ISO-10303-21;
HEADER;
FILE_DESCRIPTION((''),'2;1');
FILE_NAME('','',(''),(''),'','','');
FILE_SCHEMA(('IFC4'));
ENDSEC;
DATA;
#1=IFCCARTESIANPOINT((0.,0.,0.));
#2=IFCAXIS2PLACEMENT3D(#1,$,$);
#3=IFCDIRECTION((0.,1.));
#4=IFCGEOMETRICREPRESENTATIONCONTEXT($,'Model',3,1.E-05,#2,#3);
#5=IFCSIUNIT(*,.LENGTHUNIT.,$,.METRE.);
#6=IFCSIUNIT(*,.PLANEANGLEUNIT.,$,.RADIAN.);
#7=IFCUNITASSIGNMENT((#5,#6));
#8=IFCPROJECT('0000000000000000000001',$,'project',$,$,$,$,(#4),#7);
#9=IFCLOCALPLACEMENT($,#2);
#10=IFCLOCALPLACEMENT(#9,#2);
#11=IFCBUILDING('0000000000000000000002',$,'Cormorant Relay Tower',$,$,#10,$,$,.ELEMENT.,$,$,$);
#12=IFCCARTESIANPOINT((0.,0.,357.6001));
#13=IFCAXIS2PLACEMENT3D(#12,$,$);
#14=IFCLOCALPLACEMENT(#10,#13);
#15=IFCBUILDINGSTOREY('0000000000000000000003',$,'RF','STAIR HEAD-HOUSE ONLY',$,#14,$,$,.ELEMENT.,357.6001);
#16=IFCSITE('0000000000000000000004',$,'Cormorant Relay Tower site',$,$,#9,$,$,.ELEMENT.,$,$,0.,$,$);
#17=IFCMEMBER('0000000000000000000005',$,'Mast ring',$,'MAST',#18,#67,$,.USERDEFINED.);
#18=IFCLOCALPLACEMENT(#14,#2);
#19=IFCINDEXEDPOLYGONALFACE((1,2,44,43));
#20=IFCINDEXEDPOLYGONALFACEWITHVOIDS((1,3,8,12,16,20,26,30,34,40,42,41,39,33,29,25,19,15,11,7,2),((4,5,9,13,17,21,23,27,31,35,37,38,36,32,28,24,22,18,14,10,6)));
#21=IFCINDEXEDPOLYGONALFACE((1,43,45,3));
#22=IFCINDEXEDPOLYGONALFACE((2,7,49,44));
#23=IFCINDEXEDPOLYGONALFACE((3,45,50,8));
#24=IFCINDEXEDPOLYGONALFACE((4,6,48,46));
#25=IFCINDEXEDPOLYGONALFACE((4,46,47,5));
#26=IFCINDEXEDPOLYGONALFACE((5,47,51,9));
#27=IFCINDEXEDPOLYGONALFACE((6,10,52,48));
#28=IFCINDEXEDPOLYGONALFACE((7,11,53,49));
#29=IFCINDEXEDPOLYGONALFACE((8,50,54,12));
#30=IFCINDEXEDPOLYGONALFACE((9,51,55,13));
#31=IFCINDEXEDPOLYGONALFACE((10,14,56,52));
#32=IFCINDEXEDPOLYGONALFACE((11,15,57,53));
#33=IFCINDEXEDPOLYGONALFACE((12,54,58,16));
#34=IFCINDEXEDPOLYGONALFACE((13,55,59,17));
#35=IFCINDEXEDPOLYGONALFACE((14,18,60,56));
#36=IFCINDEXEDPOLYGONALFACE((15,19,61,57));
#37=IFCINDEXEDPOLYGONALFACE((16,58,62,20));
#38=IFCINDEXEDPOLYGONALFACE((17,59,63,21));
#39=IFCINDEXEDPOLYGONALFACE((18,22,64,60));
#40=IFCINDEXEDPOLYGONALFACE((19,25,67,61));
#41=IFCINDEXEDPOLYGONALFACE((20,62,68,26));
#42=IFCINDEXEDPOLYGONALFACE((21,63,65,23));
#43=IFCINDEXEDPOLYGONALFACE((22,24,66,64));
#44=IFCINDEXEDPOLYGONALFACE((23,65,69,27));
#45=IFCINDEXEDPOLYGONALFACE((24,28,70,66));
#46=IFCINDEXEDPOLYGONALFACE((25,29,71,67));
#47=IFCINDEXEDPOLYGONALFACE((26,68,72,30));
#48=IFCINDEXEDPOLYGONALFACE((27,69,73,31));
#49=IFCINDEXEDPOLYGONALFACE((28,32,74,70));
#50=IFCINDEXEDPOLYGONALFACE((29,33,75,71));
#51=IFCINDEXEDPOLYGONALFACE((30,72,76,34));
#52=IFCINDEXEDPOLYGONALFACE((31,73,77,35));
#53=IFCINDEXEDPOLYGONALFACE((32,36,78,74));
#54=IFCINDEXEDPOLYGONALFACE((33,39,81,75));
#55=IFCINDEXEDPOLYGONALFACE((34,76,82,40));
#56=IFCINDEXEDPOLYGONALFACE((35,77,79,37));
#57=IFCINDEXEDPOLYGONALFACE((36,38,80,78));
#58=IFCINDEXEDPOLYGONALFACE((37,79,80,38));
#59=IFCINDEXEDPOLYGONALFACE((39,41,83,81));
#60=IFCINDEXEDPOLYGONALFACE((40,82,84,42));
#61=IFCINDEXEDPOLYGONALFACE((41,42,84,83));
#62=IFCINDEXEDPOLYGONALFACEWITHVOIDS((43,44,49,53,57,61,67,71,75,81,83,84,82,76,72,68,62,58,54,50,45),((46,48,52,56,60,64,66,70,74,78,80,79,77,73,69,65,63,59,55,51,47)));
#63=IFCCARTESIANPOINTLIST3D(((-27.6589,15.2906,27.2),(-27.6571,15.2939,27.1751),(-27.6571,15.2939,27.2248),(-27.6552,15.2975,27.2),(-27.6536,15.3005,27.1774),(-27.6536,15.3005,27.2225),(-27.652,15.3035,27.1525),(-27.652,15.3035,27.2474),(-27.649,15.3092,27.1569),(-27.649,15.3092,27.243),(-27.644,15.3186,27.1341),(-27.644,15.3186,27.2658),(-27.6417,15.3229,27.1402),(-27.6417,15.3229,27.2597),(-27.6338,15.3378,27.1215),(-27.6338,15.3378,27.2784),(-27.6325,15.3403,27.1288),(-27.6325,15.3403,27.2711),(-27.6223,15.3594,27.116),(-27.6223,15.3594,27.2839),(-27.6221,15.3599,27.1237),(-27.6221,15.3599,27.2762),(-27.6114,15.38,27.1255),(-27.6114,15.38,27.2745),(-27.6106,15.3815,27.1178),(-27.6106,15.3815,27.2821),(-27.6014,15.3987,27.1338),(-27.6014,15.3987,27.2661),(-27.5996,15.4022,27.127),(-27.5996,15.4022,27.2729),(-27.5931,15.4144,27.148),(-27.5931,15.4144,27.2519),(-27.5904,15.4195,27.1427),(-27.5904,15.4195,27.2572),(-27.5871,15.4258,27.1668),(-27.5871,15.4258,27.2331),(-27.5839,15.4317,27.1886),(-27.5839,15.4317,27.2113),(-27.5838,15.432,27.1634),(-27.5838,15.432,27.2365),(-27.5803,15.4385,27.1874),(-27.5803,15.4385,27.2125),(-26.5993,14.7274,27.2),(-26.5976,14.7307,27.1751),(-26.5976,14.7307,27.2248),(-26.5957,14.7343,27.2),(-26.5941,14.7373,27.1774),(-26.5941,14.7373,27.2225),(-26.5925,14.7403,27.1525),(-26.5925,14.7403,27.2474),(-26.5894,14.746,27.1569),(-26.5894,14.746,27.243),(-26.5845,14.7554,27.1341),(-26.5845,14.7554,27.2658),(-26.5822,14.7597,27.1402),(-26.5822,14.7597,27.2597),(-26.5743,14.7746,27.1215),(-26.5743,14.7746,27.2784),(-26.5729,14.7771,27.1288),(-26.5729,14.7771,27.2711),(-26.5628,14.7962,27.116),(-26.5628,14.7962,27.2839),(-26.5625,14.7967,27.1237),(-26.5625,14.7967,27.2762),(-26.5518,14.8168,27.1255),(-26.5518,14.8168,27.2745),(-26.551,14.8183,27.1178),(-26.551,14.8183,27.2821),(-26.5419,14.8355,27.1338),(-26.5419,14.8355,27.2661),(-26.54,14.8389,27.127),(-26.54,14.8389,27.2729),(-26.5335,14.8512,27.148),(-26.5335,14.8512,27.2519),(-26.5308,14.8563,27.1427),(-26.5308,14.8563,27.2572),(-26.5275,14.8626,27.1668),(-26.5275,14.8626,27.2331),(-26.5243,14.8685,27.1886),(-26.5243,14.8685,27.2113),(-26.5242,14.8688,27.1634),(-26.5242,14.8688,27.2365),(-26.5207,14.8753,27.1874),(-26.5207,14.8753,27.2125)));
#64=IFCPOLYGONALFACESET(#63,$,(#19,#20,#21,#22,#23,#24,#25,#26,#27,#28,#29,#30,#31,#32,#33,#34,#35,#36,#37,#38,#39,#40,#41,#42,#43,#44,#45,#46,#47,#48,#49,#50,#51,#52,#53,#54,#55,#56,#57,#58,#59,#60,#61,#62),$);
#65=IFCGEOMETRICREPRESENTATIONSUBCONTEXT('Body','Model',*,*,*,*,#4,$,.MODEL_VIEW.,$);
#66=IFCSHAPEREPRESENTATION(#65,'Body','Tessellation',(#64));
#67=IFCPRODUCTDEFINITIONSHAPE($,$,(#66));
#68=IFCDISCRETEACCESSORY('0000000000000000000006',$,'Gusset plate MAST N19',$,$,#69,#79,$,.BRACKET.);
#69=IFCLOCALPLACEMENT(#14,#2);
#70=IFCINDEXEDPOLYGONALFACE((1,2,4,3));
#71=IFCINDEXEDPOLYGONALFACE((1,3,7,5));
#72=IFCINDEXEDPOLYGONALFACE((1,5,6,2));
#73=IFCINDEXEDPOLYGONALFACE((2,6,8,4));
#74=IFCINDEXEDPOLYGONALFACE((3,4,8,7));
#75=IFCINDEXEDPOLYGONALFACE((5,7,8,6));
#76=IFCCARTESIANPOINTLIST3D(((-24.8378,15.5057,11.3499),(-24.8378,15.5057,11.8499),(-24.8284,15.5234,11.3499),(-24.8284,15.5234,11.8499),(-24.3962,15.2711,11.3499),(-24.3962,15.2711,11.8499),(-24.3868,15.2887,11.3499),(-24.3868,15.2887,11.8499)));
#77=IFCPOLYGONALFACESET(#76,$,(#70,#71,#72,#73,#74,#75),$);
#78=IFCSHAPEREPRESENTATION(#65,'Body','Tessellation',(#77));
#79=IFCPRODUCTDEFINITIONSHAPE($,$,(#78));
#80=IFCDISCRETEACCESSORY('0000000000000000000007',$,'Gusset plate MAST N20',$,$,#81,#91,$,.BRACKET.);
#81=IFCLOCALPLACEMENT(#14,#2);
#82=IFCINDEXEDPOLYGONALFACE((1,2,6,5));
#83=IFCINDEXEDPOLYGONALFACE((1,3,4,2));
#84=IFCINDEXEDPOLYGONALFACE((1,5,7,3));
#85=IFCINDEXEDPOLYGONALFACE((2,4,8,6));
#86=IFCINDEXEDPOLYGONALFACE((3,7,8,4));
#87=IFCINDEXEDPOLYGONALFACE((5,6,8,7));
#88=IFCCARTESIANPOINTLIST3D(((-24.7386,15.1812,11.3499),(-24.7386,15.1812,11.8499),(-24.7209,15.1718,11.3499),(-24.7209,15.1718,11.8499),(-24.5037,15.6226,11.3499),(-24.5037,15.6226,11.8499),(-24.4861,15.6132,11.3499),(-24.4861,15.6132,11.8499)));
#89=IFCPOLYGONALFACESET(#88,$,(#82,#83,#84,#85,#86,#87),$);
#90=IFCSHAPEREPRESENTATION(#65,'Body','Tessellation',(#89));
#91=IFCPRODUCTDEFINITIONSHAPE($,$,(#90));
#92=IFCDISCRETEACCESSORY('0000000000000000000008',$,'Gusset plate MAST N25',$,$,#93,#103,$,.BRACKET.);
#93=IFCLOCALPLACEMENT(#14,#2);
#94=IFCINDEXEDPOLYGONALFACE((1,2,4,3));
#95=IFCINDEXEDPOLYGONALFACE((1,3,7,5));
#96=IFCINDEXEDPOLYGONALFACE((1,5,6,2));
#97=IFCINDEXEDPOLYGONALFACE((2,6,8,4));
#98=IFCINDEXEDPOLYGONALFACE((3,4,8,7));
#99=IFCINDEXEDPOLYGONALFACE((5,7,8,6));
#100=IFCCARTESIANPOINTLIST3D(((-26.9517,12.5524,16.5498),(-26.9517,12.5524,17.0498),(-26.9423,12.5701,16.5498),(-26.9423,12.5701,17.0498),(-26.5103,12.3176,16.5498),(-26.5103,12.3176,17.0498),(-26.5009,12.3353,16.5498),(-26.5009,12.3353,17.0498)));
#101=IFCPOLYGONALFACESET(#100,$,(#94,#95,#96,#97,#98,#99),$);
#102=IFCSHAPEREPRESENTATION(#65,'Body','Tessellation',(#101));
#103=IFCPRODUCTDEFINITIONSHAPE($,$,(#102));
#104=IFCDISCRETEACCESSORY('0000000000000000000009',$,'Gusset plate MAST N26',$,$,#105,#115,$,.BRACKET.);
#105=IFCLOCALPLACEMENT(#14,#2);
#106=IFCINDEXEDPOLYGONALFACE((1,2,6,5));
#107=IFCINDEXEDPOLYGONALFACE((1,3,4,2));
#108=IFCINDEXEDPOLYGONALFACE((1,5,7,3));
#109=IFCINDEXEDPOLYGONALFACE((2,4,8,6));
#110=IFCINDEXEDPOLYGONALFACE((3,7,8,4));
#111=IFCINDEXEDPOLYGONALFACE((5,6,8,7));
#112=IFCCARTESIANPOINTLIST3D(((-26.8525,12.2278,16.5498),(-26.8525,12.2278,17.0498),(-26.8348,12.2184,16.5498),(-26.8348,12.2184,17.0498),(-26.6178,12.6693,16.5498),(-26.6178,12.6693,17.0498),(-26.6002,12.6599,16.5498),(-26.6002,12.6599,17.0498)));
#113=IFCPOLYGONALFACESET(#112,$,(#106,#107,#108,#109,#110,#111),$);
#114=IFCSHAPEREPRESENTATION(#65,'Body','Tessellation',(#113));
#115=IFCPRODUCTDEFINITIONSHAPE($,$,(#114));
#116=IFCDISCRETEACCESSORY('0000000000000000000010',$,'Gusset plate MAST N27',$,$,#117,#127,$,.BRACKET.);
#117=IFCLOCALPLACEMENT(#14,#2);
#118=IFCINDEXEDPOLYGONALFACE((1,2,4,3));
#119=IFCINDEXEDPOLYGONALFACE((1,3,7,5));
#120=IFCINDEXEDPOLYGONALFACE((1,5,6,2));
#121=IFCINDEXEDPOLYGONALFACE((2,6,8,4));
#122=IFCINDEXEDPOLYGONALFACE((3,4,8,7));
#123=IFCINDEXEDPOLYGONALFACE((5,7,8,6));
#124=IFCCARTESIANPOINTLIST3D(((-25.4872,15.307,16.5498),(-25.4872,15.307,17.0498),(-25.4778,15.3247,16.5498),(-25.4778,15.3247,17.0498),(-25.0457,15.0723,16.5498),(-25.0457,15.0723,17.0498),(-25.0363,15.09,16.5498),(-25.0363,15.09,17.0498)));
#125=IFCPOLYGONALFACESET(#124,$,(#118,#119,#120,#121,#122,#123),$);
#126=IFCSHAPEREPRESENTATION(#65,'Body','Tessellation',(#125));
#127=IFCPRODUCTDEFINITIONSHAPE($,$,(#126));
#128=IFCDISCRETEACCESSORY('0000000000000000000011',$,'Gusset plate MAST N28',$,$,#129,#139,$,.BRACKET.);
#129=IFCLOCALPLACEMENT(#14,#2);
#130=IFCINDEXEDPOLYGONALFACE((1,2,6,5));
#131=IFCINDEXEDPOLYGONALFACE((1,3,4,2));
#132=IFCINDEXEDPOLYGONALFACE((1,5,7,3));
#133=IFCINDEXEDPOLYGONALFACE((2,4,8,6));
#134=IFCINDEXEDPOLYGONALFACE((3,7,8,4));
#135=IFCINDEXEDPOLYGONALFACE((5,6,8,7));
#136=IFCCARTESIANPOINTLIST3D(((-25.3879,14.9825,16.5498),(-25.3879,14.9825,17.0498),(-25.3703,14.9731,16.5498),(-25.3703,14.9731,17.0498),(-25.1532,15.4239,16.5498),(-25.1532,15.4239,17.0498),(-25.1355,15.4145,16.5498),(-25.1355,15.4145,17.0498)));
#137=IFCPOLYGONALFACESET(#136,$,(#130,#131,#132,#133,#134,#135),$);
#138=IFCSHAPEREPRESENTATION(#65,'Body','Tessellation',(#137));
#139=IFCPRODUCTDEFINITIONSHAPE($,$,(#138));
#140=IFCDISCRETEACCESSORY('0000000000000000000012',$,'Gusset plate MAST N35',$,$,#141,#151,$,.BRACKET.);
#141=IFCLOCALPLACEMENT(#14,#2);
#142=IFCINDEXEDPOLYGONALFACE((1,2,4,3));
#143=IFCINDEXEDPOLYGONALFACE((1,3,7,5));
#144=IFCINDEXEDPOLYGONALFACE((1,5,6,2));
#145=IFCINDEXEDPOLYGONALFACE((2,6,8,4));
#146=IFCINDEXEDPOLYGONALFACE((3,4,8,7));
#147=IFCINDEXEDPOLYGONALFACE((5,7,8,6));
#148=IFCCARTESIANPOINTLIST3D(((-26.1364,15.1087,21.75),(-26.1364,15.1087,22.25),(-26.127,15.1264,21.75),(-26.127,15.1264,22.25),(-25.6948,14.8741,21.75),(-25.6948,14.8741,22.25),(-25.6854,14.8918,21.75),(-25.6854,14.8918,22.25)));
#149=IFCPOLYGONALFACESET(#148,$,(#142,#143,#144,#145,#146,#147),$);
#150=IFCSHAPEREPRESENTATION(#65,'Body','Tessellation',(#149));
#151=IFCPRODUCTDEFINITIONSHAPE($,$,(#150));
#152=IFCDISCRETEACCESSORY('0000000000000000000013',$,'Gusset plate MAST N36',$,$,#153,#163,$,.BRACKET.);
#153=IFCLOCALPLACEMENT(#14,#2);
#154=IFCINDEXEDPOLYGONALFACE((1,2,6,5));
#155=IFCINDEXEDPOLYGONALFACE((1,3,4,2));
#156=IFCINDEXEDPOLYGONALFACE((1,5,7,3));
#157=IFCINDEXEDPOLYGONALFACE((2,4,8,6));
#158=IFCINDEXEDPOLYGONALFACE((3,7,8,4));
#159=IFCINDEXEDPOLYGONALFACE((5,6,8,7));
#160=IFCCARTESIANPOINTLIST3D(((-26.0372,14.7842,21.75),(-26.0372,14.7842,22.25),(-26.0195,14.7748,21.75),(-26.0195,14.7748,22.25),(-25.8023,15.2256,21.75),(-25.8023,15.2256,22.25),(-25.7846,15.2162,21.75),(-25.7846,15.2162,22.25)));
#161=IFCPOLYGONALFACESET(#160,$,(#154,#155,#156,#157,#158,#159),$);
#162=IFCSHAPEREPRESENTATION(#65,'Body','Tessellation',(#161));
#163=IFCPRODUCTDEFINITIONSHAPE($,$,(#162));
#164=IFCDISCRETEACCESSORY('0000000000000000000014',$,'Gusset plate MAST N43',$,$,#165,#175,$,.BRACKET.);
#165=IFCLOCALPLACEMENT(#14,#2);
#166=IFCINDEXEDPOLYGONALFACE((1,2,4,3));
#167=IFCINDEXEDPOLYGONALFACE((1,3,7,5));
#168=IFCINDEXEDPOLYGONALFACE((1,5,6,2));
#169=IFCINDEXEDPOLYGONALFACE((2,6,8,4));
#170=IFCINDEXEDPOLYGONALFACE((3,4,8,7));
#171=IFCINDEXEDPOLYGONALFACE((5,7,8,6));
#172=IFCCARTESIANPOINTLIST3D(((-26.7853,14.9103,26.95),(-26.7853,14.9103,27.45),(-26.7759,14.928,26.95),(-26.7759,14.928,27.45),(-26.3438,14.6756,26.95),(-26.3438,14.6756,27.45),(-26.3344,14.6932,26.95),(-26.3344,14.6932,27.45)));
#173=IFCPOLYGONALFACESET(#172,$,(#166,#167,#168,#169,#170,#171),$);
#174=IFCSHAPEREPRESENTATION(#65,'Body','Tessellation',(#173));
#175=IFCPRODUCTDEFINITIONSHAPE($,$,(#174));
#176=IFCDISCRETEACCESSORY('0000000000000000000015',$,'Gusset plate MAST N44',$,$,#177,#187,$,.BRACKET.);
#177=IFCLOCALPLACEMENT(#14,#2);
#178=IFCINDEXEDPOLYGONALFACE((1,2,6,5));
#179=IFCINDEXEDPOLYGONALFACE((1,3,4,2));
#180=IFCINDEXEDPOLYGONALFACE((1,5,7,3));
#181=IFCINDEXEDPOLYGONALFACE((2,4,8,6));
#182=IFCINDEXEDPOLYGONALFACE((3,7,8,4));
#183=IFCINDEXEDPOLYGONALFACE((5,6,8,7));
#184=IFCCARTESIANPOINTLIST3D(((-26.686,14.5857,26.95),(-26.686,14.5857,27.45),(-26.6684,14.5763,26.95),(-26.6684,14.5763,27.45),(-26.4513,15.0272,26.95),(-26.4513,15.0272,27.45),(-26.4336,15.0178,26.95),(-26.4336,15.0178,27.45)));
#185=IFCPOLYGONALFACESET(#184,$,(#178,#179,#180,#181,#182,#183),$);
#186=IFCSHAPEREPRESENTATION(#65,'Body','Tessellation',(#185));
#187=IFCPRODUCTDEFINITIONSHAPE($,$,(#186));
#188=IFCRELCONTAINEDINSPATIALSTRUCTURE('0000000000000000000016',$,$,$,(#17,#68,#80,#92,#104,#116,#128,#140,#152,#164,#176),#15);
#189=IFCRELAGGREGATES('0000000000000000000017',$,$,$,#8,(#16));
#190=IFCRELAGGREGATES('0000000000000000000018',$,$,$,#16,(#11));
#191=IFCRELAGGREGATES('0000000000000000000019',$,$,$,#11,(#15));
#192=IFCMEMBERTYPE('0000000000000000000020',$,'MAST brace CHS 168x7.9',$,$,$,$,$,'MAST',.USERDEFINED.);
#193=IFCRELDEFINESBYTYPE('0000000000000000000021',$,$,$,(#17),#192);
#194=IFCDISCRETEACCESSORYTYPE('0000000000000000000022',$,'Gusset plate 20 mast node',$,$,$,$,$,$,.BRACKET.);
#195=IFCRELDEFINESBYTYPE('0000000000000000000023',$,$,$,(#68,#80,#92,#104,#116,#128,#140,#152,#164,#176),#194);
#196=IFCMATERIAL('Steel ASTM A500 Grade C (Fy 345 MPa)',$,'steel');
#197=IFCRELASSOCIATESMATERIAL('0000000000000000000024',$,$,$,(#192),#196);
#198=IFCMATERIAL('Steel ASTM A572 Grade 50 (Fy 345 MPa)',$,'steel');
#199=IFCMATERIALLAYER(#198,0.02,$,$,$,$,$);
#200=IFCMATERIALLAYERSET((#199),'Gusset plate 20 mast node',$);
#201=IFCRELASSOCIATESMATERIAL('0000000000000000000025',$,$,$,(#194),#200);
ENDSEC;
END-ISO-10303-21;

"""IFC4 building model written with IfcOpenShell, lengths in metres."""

from ifc_helpers import new_model, si_unit, direction, frame, origin, origin_2d, place, context, subcontext, project, spatial, rectangle, hollow_circle, extrude, material, layer, layer_set, material_profile, profile_set, type_object, element, save


model = new_model("IFC4")

# Units and contexts
model_context = context("Model", 3, precision=1e-05, world=origin(), true_north=direction((0.0, 1.0)))
body_context = subcontext(model_context, "Body", "Model", "MODEL_VIEW")
ifc_project = project(units=[si_unit("LENGTHUNIT", "METRE"), si_unit("PLANEANGLEUNIT", "RADIAN")], contexts=[model_context])

# Site, building, storey
site_placement = place(None, origin())
site = spatial("IfcSite", under=ifc_project, at=site_placement, Name="Cormorant Relay Tower site", CompositionType="ELEMENT", RefElevation=0.0)
building_placement = place(site_placement, origin())
building = spatial("IfcBuilding", under=site, at=building_placement, Name="Cormorant Relay Tower", CompositionType="ELEMENT")
storey_placement = place(building_placement, frame((0.0, 0.0, 357.6001)))
storey = spatial("IfcBuildingStorey", under=building, at=storey_placement, Name="RF", Description="STAIR HEAD-HOUSE ONLY", CompositionType="ELEMENT", Elevation=357.6001)

# Member
ifc_material_1 = material(Name="Steel ASTM A500 Grade C (Fy 345 MPa)", Category="steel")
ifc_material_profile = material_profile(ifc_material_1, hollow_circle(Radius=0.0842, WallThickness=0.0078, at=origin_2d()), Name="CHS 168x7.9")
ifc_profile_set = profile_set([ifc_material_profile], Name="Steel ASTM A500 Grade C (Fy 345 MPa)")
member_type = type_object("IfcMemberType", Name="MAST brace CHS 168x7.9", ElementType="MAST", PredefinedType="USERDEFINED", material=ifc_profile_set)
member_1_placement = place(storey_placement, frame((-26.5598, 14.8018, 27.2), z_axis=(-0.883, 0.469373, 0.0), x_axis=(-0.469373, -0.883, 0.0)))
element("IfcMember", 1, at=member_1_placement, inside=storey, type_object=member_type, Name="Mast ring", ObjectType="MAST", PredefinedType="USERDEFINED", context=body_context, shape_type="SweptSolid", body=[
    extrude(hollow_circle(Radius=0.0842, WallThickness=0.0078, at=origin_2d()), origin(), (0.0, 0.0, 1.0), 1.2),
])

# Discrete accessories
ifc_material_2 = material(Name="Steel ASTM A572 Grade 50 (Fy 345 MPa)", Category="steel")
ifc_layer = layer(ifc_material_2, 0.02)
ifc_layer_set = layer_set([ifc_layer], Name="Gusset plate 20 mast node")
discrete_accessory_type = type_object("IfcDiscreteAccessoryType", Name="Gusset plate 20 mast node", PredefinedType="BRACKET", material=ifc_layer_set)
for number, where, z_axis, x_axis, name in (
    (2, (-24.6123, 15.3972, 11.3499), (0.0, 0.0, 1.0), (-0.883034, 0.46931, 0.0), "Gusset plate MAST N19"),
    (3, (-24.6123, 15.3972, 11.3499), (0.0, 0.0, 1.0), (0.469636, 0.88286, 0.0), "Gusset plate MAST N20"),
    (4, (-26.7263, 12.4438, 16.5498), (0.0, 0.0, 1.0), (-0.882837, 0.46968, 0.0), "Gusset plate MAST N25"),
    (5, (-26.7263, 12.4438, 16.5498), (0.0, 0.0, 1.0), (0.469282, 0.883048, 0.0), "Gusset plate MAST N26"),
    (6, (-25.2617, 15.1985, 16.5498), (0.0, 0.0, 1.0), (-0.882941, 0.469484, 0.0), "Gusset plate MAST N27"),
    (7, (-25.2617, 15.1985, 16.5498), (0.0, 0.0, 1.0), (0.469484, 0.882941, 0.0), "Gusset plate MAST N28"),
    (8, (-25.9109, 15.0002, 21.75), (0.0, 0.0, 1.0), (-0.883085, 0.469213, 0.0), "Gusset plate MAST N35"),
    (9, (-25.9109, 15.0002, 21.75), (0.0, 0.0, 1.0), (0.469727, 0.882812, 0.0), "Gusset plate MAST N36"),
    (10, (-26.5598, 14.8018, 26.95), (0.0, 0.0, 1.0), (-0.882948, 0.469472, 0.0), "Gusset plate MAST N43"),
    (11, (-26.5598, 14.8018, 26.95), (0.0, 0.0, 1.0), (0.469507, 0.882929, 0.0), "Gusset plate MAST N44"),
):
    element("IfcDiscreteAccessory", number, at=place(storey_placement, frame(where, z_axis=z_axis, x_axis=x_axis)), inside=storey, type_object=discrete_accessory_type, Name=name, PredefinedType="BRACKET", context=body_context, shape_type="SweptSolid", body=[
        extrude(rectangle(XDim=0.5, YDim=0.02, at=origin_2d()), origin(), (0.0, 0.0, 1.0), 0.5),
    ])

save(model, "model.ifc")
